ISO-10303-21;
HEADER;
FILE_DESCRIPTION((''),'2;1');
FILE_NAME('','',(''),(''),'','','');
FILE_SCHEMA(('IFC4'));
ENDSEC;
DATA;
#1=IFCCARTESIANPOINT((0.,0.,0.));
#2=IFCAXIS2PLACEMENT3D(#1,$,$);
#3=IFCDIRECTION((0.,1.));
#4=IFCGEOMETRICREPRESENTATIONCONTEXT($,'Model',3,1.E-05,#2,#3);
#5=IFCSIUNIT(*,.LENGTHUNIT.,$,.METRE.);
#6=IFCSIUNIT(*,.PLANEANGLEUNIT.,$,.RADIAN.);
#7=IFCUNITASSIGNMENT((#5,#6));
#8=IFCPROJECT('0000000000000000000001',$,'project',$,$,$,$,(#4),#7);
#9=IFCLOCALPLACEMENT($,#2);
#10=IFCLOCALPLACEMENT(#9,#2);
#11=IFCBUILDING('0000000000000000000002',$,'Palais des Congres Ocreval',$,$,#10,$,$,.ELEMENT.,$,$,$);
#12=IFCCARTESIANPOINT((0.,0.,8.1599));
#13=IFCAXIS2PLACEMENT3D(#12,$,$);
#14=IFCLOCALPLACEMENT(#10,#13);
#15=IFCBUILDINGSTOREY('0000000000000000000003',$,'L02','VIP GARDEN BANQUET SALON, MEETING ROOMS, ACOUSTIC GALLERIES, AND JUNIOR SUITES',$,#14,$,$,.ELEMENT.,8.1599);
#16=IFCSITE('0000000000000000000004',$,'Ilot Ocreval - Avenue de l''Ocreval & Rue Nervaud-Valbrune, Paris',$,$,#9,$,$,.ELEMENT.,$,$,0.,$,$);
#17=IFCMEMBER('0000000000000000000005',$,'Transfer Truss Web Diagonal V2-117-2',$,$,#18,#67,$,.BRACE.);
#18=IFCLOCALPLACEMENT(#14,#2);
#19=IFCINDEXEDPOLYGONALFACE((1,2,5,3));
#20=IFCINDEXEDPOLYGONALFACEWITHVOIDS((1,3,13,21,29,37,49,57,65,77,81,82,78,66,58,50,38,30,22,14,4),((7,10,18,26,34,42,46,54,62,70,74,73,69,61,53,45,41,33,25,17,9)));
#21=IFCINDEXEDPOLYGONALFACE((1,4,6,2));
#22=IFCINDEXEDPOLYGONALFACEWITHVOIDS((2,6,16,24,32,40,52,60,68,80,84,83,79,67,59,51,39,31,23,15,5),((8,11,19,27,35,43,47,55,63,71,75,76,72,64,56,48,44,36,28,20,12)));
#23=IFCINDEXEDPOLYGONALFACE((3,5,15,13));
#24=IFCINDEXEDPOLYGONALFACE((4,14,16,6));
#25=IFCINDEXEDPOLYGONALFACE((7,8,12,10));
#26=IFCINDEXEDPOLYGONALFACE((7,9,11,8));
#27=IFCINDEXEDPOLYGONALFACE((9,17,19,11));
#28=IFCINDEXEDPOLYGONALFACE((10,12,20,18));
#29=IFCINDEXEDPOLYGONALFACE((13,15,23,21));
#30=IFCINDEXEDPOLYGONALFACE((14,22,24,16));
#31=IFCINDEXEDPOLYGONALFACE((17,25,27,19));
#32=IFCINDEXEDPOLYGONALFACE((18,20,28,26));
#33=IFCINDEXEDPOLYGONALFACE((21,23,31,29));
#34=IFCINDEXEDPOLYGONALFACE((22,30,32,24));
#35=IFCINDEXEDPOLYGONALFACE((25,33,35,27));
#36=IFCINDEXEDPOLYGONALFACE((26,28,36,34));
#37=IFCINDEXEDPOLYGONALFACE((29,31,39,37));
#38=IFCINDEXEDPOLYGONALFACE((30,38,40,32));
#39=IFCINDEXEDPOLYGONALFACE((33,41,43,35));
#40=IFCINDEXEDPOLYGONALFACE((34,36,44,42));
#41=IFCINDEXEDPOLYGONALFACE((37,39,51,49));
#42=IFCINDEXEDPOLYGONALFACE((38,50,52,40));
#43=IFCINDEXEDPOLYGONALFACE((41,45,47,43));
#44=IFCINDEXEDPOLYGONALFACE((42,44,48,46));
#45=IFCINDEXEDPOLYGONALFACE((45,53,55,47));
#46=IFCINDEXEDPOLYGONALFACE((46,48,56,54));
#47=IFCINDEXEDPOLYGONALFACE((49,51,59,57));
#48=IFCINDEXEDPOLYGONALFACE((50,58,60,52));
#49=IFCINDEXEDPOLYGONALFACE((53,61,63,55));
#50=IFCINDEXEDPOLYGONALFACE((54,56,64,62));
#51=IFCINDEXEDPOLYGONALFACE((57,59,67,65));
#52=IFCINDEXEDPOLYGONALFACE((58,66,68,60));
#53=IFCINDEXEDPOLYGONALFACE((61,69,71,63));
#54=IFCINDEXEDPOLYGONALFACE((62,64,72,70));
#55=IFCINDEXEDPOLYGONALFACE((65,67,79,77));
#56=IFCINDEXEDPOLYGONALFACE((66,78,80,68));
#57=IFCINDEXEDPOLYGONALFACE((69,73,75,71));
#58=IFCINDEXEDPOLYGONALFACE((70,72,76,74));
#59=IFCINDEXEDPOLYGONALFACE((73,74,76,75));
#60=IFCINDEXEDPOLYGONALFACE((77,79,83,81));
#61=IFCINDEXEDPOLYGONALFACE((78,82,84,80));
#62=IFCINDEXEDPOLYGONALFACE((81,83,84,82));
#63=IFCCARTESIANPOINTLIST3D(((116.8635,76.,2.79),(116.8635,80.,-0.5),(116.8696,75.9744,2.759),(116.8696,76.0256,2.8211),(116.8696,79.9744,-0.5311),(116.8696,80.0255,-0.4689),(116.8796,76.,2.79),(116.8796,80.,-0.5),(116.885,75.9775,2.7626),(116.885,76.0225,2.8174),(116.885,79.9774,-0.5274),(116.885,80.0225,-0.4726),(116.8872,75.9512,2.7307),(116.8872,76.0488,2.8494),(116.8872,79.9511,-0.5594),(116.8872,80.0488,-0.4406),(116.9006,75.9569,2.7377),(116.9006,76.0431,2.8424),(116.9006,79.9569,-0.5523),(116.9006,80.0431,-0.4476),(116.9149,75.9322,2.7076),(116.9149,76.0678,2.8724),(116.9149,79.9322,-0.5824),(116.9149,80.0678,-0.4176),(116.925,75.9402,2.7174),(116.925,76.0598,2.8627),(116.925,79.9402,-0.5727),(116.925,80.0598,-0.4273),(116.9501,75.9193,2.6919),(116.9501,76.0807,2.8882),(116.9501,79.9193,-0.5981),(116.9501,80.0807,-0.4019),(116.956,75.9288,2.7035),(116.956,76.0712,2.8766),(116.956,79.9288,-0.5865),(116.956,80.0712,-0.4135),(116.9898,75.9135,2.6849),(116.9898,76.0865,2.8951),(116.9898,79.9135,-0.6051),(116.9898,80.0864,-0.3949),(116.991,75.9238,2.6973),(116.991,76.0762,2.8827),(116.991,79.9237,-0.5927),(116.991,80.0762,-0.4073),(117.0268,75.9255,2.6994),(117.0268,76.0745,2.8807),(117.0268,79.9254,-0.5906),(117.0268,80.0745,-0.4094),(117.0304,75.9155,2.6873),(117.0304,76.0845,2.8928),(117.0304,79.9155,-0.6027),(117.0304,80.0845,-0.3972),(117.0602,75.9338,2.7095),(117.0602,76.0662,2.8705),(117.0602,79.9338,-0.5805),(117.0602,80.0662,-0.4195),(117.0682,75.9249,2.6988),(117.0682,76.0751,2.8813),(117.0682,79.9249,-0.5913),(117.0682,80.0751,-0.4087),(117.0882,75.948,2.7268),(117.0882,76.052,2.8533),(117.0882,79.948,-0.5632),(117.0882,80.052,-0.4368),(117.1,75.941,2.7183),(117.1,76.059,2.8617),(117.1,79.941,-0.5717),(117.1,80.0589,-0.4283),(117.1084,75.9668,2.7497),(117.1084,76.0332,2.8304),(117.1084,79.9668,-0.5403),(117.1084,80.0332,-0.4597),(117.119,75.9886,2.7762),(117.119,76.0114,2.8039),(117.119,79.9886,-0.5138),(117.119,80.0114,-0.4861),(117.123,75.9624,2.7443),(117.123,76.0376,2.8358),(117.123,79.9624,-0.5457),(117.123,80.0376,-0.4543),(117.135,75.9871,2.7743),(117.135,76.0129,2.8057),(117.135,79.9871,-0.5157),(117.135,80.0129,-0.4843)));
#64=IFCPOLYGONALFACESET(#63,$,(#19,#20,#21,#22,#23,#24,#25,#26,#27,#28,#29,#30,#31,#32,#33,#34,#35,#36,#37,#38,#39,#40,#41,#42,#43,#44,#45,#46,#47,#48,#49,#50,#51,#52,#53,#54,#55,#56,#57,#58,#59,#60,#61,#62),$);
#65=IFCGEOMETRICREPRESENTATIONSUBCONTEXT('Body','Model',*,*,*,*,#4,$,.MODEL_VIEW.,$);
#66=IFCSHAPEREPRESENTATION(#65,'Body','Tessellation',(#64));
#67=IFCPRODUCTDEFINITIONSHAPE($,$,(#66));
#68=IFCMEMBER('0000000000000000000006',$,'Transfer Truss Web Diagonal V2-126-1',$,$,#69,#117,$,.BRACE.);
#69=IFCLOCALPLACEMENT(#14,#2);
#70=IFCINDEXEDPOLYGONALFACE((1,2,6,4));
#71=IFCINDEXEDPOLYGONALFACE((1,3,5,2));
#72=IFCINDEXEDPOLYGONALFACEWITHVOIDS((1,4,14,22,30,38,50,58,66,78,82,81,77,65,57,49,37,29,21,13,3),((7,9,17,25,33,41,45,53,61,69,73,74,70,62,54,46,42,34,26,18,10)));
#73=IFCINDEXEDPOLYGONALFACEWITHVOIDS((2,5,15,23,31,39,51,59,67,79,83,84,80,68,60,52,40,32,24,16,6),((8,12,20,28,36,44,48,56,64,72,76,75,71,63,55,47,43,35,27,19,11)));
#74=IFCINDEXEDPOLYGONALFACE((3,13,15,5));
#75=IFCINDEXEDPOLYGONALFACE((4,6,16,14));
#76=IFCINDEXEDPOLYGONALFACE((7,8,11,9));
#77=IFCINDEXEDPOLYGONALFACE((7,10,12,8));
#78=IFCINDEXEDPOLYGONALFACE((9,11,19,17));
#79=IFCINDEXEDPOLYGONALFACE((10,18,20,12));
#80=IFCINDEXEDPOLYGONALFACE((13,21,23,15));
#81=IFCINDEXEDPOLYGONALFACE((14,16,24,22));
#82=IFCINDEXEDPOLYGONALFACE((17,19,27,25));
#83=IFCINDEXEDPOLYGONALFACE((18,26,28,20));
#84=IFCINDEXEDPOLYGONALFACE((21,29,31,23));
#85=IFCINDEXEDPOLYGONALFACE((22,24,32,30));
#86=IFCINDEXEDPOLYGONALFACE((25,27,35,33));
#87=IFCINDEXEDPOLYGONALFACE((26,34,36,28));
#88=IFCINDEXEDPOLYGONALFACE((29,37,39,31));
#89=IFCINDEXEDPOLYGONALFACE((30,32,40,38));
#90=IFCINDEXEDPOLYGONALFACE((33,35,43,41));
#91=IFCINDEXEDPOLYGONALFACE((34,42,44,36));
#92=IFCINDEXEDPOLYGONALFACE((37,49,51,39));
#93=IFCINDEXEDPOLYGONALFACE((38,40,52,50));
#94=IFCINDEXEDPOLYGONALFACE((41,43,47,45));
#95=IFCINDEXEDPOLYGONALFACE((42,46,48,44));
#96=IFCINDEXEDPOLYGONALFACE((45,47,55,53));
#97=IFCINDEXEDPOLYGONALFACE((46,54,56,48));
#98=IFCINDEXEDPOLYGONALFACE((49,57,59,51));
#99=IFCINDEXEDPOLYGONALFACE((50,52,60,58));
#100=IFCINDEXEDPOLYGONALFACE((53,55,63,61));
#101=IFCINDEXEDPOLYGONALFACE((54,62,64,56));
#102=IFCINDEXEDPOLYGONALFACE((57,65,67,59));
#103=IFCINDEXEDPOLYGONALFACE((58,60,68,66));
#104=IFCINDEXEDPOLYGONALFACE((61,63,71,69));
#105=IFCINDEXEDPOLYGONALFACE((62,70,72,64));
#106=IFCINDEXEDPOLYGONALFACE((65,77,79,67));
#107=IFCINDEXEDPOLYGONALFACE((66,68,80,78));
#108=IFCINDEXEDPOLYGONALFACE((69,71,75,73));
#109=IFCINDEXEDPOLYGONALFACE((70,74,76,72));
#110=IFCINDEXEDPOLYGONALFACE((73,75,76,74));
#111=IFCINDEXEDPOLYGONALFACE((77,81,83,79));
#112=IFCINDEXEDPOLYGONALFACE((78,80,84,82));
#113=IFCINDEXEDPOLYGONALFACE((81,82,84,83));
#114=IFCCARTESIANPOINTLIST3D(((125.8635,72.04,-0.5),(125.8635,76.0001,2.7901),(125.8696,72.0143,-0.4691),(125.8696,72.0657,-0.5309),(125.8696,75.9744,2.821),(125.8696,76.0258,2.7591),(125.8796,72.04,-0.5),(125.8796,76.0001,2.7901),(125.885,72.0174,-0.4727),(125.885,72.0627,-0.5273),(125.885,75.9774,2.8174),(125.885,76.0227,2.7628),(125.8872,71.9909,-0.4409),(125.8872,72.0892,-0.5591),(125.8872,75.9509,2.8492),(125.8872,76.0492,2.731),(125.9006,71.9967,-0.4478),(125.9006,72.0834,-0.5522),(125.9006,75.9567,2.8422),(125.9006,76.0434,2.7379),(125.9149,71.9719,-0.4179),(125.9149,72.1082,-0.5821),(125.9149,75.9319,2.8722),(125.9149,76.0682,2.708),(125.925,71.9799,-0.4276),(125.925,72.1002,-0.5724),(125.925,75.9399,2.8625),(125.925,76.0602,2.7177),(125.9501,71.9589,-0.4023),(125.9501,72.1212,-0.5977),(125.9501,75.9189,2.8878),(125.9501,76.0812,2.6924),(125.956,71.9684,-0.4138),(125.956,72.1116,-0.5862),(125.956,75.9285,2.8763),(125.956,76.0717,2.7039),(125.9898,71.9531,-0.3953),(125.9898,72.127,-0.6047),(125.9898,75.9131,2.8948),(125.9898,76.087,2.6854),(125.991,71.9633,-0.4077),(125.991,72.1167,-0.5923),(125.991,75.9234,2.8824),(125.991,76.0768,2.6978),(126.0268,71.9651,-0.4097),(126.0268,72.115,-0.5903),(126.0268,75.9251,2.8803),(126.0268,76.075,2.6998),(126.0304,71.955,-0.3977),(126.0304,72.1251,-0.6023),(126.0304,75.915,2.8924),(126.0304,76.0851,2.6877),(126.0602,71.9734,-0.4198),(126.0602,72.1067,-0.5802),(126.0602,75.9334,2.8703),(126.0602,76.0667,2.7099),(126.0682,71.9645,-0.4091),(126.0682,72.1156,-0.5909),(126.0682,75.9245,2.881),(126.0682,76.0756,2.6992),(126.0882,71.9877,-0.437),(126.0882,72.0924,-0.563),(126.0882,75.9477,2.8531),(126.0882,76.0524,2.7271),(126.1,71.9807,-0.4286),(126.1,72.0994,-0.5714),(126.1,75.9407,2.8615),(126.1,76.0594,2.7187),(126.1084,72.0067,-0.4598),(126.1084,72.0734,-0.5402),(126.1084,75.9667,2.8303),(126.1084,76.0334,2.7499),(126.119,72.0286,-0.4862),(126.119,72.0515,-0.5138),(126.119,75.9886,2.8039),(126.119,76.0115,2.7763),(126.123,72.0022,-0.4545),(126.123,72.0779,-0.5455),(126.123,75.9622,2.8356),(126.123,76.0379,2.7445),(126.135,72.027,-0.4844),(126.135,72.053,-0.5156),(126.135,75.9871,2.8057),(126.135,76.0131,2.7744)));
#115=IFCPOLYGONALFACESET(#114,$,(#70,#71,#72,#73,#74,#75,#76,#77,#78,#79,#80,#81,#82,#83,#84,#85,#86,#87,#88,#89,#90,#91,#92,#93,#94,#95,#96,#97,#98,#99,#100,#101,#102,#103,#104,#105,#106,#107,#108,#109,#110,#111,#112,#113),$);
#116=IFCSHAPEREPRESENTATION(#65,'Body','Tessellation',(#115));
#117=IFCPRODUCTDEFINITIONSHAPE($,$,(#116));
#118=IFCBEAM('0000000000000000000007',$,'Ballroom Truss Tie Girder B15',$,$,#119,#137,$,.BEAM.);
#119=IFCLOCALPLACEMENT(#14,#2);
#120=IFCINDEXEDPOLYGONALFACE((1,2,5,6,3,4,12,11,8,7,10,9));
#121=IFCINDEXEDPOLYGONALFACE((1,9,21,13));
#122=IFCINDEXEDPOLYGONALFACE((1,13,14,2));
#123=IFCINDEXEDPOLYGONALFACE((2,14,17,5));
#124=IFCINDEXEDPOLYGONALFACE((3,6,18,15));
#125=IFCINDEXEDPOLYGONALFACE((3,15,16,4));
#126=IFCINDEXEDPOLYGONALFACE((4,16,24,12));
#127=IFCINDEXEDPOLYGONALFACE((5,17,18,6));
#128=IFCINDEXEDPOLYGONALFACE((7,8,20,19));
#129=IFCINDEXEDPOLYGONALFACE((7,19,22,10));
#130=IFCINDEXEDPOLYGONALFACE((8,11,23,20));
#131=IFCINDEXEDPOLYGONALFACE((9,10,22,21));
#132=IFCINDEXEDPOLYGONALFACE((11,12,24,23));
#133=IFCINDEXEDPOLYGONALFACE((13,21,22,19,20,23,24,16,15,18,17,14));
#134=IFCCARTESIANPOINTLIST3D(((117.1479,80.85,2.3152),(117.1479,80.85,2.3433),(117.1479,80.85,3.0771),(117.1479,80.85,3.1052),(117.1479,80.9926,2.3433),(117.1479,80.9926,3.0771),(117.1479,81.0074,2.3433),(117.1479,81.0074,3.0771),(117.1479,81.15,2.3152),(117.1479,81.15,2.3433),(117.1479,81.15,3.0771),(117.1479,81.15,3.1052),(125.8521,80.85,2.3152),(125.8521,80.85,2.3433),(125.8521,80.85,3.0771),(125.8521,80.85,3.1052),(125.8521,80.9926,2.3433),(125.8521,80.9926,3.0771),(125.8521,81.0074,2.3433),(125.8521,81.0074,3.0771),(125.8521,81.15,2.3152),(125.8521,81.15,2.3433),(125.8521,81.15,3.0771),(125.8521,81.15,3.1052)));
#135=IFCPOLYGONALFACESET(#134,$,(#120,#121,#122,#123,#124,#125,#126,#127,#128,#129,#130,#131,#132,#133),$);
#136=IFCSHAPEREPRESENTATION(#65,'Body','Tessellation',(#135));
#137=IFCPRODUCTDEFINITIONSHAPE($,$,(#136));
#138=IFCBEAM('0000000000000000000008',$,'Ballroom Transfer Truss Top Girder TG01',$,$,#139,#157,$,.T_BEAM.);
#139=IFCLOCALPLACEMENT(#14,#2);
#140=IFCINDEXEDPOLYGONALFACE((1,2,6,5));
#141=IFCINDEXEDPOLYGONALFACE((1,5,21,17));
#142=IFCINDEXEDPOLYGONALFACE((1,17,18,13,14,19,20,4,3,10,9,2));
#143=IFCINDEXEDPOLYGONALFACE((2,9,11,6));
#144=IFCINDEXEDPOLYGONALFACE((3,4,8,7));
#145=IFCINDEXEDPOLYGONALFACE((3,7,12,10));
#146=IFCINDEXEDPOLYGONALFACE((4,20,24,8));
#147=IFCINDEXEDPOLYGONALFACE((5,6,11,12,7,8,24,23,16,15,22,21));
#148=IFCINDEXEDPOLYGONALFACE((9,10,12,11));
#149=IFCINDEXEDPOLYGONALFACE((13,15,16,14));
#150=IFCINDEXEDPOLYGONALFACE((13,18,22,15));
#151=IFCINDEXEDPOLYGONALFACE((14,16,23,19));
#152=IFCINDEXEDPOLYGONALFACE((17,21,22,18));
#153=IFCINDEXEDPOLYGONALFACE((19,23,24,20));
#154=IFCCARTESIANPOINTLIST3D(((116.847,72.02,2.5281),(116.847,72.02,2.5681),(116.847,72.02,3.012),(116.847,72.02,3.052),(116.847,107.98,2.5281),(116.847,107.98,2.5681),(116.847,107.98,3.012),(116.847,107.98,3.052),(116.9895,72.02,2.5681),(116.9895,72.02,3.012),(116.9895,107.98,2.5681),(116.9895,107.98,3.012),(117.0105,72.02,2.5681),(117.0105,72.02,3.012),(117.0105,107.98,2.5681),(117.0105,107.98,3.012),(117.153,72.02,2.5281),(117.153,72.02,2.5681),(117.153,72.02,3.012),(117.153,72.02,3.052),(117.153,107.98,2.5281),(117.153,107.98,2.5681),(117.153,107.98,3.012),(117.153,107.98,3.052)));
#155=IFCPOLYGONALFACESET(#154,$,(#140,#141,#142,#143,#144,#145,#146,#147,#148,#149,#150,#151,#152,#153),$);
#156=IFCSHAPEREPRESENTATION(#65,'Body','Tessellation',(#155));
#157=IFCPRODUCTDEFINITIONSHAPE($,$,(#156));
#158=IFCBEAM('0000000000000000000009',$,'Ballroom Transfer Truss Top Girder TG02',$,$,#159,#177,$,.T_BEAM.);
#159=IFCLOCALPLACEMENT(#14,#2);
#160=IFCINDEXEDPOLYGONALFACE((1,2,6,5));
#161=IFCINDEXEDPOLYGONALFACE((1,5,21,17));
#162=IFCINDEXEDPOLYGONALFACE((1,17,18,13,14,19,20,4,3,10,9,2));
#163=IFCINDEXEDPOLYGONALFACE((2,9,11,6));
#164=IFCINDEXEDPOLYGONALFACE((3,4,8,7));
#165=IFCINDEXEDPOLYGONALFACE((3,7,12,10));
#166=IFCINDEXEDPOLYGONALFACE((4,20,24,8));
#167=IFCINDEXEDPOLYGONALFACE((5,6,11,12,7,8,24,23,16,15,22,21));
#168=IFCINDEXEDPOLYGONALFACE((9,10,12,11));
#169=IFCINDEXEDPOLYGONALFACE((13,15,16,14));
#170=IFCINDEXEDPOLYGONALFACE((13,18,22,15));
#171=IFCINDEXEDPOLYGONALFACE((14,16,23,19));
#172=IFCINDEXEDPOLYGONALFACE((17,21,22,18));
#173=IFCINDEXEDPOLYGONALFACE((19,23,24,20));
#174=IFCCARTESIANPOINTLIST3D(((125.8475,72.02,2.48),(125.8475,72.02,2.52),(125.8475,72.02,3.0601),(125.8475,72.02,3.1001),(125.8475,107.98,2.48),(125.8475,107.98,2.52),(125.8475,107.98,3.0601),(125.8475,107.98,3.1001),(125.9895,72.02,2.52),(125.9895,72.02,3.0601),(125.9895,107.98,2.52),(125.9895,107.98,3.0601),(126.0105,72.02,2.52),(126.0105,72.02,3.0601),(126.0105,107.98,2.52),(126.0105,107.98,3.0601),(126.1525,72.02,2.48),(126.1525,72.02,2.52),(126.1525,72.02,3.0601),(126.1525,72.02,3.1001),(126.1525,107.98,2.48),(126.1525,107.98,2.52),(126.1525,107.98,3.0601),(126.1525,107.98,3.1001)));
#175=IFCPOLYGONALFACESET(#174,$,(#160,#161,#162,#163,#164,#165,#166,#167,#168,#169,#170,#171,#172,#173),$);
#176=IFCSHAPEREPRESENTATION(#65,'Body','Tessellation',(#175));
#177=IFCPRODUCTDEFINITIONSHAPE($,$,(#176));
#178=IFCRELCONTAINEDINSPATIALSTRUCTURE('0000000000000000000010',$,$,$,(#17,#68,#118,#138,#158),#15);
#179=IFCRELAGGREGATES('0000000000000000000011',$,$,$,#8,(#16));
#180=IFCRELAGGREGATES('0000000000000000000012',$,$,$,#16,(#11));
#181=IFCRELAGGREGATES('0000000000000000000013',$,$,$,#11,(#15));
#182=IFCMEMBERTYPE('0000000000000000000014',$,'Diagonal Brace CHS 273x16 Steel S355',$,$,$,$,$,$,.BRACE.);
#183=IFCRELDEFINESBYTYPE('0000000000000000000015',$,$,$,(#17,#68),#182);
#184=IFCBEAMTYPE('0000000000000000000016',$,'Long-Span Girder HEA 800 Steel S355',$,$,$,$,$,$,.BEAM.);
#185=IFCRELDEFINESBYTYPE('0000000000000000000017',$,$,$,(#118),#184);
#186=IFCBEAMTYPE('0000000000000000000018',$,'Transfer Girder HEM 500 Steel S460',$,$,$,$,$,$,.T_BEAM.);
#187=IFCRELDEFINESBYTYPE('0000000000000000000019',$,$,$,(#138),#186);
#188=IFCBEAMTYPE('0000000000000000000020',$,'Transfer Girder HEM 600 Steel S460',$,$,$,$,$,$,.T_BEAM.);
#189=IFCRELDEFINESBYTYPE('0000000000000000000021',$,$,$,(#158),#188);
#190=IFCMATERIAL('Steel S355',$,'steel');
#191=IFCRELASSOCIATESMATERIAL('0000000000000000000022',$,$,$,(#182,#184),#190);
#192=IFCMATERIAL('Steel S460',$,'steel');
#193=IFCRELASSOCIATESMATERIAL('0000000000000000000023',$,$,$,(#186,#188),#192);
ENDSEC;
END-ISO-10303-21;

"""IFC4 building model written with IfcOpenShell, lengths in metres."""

from ifc_helpers import new_model, si_unit, direction, frame, origin, origin_2d, place, context, subcontext, project, spatial, hollow_circle, i_section, extrude, material, material_profile, profile_set, type_object, element, save


model = new_model("IFC4")

# Units and contexts
model_context = context("Model", 3, precision=1e-05, world=origin(), true_north=direction((0.0, 1.0)))
body_context = subcontext(model_context, "Body", "Model", "MODEL_VIEW")
ifc_project = project(units=[si_unit("LENGTHUNIT", "METRE"), si_unit("PLANEANGLEUNIT", "RADIAN")], contexts=[model_context])

# Site, building, storey
site_placement = place(None, origin())
site = spatial("IfcSite", under=ifc_project, at=site_placement, Name="Ilot Ocreval - Avenue de l'Ocreval & Rue Nervaud-Valbrune, Paris", CompositionType="ELEMENT", RefElevation=0.0)
building_placement = place(site_placement, origin())
building = spatial("IfcBuilding", under=site, at=building_placement, Name="Palais des Congres Ocreval", CompositionType="ELEMENT")
storey_placement = place(building_placement, frame((0.0, 0.0, 8.1599)))
storey = spatial("IfcBuildingStorey", under=building, at=storey_placement, Name="L02", Description="VIP GARDEN BANQUET SALON, MEETING ROOMS, ACOUSTIC GALLERIES, AND JUNIOR SUITES", CompositionType="ELEMENT", Elevation=8.1599)

# Shared definitions
ifc_material_1 = material(Name="Steel S460", Category="steel")

# Members
ifc_material_2 = material(Name="Steel S355", Category="steel")
ifc_material_profile_1 = material_profile(ifc_material_2, hollow_circle(Radius=0.1365, WallThickness=0.0161, at=origin_2d()), Name="CHS 273x16")
ifc_profile_set_1 = profile_set([ifc_material_profile_1], Name="Steel S355")
member_type_1 = type_object("IfcMemberType", Name="Diagonal Brace CHS 273x16 Steel S355", PredefinedType="BRACE", material=ifc_profile_set_1)
member_1_placement = place(storey_placement, frame((117.0, 76.0, 2.79), z_axis=(0.0, 0.772317, -0.635238), x_axis=(-1.0, 0.0, 0.0)))
element("IfcMember", 1, at=member_1_placement, inside=storey, type_object=member_type_1, Name="Transfer Truss Web Diagonal V2-117-2", PredefinedType="BRACE", context=body_context, shape_type="SweptSolid", body=[
    extrude(hollow_circle(Radius=0.1365, WallThickness=0.0161, at=origin_2d()), origin(), (0.0, 0.0, 1.0), 5.1792),
])
member_2_placement = place(storey_placement, frame((126.0, 72.04, -0.5), z_axis=(0.0, 0.769169, 0.639046), x_axis=(-1.0, 0.0, 0.0)))
element("IfcMember", 2, at=member_2_placement, inside=storey, type_object=member_type_1, Name="Transfer Truss Web Diagonal V2-126-1", PredefinedType="BRACE", context=body_context, shape_type="SweptSolid", body=[
    extrude(hollow_circle(Radius=0.1365, WallThickness=0.0161, at=origin_2d()), origin(), (0.0, 0.0, 1.0), 5.1484),
])

# Beams
ifc_material_profile_2 = material_profile(ifc_material_2, i_section(OverallWidth=0.3, OverallDepth=0.79, WebThickness=0.0149, FlangeThickness=0.0281, at=origin_2d()), Name="HEA 800")
ifc_profile_set_2 = profile_set([ifc_material_profile_2], Name="Steel S355")
beam_type_1 = type_object("IfcBeamType", Name="Long-Span Girder HEA 800 Steel S355", PredefinedType="BEAM", material=ifc_profile_set_2)
beam_1_placement = place(storey_placement, frame((117.1479, 81.0, 2.7102), z_axis=(1.0, 0.0, 0.0), x_axis=(0.0, 1.0, 0.0)))
element("IfcBeam", 3, at=beam_1_placement, inside=storey, type_object=beam_type_1, Name="Ballroom Truss Tie Girder B15", PredefinedType="BEAM", context=body_context, shape_type="SweptSolid", body=[
    extrude(i_section(OverallWidth=0.3, OverallDepth=0.79, WebThickness=0.0149, FlangeThickness=0.0281, at=origin_2d()), origin(), (0.0, 0.0, 1.0), 8.7041),
])
ifc_material_profile_3 = material_profile(ifc_material_1, i_section(OverallWidth=0.3059, OverallDepth=0.5239, WebThickness=0.021, FlangeThickness=0.04, at=origin_2d()), Name="HEM 500")
ifc_profile_set_3 = profile_set([ifc_material_profile_3], Name="Steel S460")
beam_type_2 = type_object("IfcBeamType", Name="Transfer Girder HEM 500 Steel S460", PredefinedType="T_BEAM", material=ifc_profile_set_3)
beam_2_placement = place(storey_placement, frame((117.0, 72.02, 2.79), z_axis=(0.0, 1.0, 0.0), x_axis=(-1.0, 0.0, 0.0)))
element("IfcBeam", 4, at=beam_2_placement, inside=storey, type_object=beam_type_2, Name="Ballroom Transfer Truss Top Girder TG01", PredefinedType="T_BEAM", context=body_context, shape_type="SweptSolid", body=[
    extrude(i_section(OverallWidth=0.3059, OverallDepth=0.5239, WebThickness=0.021, FlangeThickness=0.04, at=origin_2d()), origin(), (0.0, 0.0, 1.0), 35.96),
])
ifc_material_profile_4 = material_profile(ifc_material_1, i_section(OverallWidth=0.3049, OverallDepth=0.6201, WebThickness=0.021, FlangeThickness=0.04, at=origin_2d()), Name="HEM 600")
ifc_profile_set_4 = profile_set([ifc_material_profile_4], Name="Steel S460")
beam_type_3 = type_object("IfcBeamType", Name="Transfer Girder HEM 600 Steel S460", PredefinedType="T_BEAM", material=ifc_profile_set_4)
beam_3_placement = place(storey_placement, frame((126.0, 72.02, 2.79), z_axis=(0.0, 1.0, 0.0), x_axis=(-1.0, 0.0, 0.0)))
element("IfcBeam", 5, at=beam_3_placement, inside=storey, type_object=beam_type_3, Name="Ballroom Transfer Truss Top Girder TG02", PredefinedType="T_BEAM", context=body_context, shape_type="SweptSolid", body=[
    extrude(i_section(OverallWidth=0.3049, OverallDepth=0.6201, WebThickness=0.021, FlangeThickness=0.04, at=origin_2d()), origin(), (0.0, 0.0, 1.0), 35.96),
])

save(model, "model.ifc")
